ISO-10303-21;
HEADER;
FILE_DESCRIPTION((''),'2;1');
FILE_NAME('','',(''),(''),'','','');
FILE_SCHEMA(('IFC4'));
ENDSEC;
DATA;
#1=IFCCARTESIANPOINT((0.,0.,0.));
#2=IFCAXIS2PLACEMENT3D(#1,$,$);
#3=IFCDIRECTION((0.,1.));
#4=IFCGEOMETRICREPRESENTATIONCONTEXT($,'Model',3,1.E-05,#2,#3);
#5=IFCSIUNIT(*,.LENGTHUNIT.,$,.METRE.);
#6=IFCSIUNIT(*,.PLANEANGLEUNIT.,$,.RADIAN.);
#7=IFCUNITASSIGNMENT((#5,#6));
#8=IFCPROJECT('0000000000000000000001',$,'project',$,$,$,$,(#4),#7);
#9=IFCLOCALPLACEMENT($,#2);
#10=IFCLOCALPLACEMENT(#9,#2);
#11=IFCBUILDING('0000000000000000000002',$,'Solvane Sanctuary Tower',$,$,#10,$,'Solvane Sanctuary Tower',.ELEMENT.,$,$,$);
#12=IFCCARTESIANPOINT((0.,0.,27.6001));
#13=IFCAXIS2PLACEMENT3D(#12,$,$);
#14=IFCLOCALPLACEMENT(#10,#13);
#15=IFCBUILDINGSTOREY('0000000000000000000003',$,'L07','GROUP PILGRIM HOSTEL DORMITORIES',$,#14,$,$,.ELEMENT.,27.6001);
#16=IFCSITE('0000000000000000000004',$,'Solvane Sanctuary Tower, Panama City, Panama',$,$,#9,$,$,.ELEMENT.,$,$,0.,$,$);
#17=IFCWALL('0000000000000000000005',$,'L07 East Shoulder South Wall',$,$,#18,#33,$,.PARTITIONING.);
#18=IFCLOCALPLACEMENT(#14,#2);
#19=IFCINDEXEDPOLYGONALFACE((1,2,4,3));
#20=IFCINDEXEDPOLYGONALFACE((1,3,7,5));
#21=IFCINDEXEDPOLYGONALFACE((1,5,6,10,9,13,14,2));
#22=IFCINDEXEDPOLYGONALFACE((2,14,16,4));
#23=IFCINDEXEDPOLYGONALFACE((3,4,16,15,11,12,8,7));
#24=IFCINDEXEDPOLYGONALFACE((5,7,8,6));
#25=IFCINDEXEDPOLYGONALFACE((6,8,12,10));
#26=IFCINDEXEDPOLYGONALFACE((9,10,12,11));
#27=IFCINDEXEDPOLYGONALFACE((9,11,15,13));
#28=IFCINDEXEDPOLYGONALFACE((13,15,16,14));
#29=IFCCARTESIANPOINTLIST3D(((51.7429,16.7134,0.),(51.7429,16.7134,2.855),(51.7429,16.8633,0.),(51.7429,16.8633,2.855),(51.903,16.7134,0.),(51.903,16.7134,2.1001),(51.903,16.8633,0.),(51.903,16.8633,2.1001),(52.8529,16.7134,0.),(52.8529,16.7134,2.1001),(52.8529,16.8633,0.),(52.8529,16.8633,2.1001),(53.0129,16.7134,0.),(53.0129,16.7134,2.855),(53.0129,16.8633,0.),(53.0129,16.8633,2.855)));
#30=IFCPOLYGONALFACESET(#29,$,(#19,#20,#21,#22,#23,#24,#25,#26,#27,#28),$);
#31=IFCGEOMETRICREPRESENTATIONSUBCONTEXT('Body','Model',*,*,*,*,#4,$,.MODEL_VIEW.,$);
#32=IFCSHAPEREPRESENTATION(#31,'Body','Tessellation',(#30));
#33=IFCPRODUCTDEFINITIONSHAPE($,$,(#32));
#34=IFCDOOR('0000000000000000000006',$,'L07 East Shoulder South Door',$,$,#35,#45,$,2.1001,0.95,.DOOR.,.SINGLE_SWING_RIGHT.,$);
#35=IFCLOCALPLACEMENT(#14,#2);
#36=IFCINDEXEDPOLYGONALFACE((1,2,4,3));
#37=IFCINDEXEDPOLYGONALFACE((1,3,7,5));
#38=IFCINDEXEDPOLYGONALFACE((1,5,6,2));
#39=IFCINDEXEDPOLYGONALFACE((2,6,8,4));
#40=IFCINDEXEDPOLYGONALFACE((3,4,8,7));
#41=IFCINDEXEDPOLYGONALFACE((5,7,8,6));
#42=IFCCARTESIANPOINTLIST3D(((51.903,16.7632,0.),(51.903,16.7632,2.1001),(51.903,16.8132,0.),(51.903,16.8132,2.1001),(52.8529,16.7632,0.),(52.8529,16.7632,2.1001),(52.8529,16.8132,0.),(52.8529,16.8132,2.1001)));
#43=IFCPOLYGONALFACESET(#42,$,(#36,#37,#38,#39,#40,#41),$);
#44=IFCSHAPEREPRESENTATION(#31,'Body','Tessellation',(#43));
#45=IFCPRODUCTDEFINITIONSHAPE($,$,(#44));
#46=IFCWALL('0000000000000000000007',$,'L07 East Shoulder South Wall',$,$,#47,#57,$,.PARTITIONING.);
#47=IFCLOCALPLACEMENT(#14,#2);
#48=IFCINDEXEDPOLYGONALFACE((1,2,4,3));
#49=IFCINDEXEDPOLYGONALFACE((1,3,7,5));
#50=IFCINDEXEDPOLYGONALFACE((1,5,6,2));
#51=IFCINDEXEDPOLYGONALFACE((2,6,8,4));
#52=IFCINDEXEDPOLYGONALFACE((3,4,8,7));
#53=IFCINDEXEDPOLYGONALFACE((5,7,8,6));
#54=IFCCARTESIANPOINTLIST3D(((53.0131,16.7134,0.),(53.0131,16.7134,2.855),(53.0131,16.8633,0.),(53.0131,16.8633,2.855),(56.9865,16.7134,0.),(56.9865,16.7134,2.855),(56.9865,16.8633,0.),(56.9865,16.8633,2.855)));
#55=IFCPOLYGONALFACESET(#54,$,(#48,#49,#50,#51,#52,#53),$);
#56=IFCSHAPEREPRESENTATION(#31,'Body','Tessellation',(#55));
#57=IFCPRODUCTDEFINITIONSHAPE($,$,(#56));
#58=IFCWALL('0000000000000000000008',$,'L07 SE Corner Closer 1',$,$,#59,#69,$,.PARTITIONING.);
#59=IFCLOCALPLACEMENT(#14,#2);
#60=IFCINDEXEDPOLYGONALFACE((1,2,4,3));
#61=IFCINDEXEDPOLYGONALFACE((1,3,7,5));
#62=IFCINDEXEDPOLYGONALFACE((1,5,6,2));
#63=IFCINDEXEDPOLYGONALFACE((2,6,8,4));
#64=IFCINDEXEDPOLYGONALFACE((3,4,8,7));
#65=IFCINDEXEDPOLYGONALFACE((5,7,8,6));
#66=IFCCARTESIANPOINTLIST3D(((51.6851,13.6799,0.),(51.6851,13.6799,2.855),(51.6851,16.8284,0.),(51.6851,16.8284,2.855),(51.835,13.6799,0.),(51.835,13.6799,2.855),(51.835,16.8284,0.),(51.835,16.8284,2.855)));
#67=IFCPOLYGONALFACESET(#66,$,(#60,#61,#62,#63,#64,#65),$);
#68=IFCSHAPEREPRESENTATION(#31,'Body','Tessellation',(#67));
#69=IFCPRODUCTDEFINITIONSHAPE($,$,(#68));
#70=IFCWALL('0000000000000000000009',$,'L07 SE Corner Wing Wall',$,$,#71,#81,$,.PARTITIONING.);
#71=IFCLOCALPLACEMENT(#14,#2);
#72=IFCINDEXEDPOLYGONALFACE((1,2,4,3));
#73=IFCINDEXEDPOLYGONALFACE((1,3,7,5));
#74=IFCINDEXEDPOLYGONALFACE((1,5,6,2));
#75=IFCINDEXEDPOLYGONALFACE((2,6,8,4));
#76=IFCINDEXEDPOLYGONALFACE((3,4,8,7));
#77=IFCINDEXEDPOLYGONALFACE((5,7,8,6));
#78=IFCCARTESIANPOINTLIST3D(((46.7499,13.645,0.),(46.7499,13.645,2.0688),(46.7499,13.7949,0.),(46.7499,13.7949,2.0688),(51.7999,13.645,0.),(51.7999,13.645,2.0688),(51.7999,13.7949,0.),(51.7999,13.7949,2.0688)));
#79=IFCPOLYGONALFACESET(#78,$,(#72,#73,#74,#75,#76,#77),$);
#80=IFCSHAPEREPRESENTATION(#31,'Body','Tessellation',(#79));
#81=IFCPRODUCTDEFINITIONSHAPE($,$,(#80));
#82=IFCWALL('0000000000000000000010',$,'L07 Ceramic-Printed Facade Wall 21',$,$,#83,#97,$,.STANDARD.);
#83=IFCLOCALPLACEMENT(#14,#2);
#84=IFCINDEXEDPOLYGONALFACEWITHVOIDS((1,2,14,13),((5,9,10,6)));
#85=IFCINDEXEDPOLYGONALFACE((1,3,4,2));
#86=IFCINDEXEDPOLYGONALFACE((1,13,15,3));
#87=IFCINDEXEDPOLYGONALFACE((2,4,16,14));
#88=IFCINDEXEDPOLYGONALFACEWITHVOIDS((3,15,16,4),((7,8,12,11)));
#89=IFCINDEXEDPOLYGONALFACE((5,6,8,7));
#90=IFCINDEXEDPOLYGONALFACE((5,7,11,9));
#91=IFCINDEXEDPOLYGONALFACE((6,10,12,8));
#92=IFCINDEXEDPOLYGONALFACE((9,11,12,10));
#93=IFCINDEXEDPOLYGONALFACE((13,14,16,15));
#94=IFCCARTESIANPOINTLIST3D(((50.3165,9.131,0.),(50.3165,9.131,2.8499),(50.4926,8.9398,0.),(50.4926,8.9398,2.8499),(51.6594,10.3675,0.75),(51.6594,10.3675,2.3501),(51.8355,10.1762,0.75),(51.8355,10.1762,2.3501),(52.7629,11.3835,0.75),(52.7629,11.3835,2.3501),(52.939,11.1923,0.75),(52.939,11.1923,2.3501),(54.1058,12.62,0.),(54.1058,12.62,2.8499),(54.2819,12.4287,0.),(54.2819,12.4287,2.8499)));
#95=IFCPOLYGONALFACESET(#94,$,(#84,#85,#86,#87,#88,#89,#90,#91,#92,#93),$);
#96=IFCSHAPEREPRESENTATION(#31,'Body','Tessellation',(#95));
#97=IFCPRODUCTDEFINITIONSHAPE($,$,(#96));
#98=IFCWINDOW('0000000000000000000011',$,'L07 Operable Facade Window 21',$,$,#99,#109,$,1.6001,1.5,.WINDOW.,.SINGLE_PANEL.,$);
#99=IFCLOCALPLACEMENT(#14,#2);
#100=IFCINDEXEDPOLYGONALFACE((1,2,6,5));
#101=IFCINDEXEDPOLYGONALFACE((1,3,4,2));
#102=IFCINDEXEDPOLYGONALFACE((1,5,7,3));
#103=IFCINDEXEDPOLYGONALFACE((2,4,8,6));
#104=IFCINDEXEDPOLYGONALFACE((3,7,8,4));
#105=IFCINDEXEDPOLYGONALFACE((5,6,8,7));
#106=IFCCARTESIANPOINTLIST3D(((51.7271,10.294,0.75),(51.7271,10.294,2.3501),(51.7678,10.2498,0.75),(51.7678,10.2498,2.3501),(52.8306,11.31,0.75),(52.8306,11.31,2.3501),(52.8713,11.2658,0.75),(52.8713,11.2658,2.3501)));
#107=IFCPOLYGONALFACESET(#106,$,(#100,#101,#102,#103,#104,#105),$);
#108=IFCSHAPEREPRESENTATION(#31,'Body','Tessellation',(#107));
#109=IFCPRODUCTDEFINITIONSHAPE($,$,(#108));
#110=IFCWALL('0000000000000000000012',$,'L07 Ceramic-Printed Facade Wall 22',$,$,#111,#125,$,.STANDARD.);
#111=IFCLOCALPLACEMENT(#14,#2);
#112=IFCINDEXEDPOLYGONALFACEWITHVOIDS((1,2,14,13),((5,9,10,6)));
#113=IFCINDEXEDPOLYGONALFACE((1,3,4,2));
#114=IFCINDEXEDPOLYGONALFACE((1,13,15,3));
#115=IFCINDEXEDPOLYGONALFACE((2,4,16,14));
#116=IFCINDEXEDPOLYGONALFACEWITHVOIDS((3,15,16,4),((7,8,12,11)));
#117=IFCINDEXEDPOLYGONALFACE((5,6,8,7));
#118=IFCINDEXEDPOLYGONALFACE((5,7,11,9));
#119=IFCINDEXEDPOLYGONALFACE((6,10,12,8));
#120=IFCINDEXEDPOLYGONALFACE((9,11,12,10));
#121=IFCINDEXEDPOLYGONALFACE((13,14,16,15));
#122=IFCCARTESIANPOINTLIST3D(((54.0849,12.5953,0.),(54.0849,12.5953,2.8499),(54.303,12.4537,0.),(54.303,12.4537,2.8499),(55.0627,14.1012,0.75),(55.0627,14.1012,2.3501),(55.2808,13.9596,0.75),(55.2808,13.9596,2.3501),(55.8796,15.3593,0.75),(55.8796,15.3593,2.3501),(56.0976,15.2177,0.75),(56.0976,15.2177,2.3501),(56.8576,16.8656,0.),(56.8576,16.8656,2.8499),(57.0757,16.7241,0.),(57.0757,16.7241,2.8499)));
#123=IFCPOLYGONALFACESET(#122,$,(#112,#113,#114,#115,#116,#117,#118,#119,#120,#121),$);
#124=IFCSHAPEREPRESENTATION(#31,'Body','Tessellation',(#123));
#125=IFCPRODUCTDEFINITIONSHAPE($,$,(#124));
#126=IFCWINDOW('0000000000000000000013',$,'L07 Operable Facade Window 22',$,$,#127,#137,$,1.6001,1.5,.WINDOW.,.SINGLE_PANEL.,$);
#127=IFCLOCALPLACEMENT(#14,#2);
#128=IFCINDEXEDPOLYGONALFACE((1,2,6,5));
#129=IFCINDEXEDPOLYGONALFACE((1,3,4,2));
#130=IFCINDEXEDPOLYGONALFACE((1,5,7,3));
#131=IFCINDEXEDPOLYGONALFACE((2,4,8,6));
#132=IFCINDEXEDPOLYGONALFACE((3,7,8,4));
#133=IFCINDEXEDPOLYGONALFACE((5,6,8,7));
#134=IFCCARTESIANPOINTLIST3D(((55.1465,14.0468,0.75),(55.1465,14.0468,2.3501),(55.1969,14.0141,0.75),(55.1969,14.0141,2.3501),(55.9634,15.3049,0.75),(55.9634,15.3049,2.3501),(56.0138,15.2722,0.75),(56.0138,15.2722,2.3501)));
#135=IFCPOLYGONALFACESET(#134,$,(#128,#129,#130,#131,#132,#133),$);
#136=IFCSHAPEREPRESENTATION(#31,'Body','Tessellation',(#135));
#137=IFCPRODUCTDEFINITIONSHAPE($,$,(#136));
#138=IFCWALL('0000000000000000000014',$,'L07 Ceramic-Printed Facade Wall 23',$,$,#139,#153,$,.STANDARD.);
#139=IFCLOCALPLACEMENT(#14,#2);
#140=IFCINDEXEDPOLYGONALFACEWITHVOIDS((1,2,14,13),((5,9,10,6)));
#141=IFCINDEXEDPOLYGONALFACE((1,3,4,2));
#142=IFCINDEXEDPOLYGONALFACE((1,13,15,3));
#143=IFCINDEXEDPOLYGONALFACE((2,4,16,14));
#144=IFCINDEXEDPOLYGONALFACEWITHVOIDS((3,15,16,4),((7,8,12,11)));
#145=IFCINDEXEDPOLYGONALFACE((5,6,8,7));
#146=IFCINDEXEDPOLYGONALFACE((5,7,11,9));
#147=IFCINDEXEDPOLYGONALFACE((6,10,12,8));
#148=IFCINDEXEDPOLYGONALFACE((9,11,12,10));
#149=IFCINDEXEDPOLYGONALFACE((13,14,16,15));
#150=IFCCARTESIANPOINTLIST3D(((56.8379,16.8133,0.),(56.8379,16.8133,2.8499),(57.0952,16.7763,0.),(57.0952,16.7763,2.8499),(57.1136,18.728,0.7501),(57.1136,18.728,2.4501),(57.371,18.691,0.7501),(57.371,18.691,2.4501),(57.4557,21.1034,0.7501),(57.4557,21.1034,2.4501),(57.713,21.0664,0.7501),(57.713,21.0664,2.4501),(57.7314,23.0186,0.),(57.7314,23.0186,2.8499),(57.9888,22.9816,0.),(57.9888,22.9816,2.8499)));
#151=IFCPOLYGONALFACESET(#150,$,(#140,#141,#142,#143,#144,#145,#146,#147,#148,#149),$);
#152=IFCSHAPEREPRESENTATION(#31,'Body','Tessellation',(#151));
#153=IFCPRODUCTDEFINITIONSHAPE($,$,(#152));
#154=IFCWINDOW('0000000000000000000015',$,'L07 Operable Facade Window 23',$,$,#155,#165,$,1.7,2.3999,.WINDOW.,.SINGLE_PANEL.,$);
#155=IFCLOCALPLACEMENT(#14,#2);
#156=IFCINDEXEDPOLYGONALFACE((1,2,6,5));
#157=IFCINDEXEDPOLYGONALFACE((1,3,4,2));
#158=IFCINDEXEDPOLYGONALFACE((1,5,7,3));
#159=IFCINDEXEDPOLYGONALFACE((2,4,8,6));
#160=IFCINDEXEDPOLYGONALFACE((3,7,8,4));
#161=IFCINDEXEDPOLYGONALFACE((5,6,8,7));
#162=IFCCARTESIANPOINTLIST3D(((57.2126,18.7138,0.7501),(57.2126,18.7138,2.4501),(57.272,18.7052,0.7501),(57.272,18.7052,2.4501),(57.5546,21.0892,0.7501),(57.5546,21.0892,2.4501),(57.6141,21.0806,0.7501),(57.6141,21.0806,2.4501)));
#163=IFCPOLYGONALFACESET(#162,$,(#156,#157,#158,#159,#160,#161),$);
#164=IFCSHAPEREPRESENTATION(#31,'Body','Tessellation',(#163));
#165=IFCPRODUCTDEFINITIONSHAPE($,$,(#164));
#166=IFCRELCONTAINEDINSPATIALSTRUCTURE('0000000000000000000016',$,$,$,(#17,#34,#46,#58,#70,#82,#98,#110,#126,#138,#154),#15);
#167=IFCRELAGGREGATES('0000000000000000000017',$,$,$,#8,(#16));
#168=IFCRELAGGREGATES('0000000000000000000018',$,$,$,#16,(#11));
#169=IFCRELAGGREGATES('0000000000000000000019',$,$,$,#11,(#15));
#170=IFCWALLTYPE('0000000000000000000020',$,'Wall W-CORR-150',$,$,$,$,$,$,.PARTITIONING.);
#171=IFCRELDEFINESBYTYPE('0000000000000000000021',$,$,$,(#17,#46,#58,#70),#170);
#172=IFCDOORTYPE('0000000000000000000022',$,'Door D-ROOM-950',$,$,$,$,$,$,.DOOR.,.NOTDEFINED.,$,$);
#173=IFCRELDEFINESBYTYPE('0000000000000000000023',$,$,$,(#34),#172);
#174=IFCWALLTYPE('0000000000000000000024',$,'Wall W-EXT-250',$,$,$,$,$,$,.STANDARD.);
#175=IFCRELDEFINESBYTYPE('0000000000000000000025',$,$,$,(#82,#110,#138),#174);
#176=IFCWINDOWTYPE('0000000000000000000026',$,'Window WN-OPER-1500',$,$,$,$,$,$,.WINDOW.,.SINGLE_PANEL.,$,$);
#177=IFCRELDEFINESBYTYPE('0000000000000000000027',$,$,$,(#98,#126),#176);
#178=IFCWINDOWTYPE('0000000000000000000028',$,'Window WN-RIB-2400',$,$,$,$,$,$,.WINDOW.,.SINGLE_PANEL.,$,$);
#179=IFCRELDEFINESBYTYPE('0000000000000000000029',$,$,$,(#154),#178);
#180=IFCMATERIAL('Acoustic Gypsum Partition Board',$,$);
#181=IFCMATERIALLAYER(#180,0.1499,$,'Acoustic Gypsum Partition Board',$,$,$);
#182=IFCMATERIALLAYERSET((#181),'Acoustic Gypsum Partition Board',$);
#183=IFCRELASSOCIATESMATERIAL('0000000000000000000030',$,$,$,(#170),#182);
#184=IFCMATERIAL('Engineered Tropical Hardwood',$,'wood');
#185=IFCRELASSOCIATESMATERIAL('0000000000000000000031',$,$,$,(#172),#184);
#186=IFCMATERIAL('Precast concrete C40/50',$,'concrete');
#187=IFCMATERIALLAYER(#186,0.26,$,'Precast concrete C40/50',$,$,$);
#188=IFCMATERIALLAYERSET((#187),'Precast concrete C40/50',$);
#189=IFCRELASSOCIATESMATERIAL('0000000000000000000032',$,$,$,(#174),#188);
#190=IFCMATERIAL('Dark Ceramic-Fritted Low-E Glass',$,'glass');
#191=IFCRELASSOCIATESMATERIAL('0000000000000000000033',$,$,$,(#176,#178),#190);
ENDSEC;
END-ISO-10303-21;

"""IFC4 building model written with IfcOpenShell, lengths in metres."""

from ifc_helpers import new_model, si_unit, direction, frame, frame_2d, origin, place, context, subcontext, project, spatial, rectangle, extrude, material, layer, layer_set, type_object, element, fill, save


model = new_model("IFC4")

# Units and contexts
model_context = context("Model", 3, precision=1e-05, world=origin(), true_north=direction((0.0, 1.0)))
body_context = subcontext(model_context, "Body", "Model", "MODEL_VIEW")
ifc_project = project(units=[si_unit("LENGTHUNIT", "METRE"), si_unit("PLANEANGLEUNIT", "RADIAN")], contexts=[model_context])

# Site, building, storey
site_placement = place(None, origin())
site = spatial("IfcSite", under=ifc_project, at=site_placement, Name="Solvane Sanctuary Tower, Panama City, Panama", CompositionType="ELEMENT", RefElevation=0.0)
building_placement = place(site_placement, origin())
building = spatial("IfcBuilding", under=site, at=building_placement, Name="Solvane Sanctuary Tower", LongName="Solvane Sanctuary Tower", CompositionType="ELEMENT")
storey_placement = place(building_placement, frame((0.0, 0.0, 27.6001)))
storey = spatial("IfcBuildingStorey", under=building, at=storey_placement, Name="L07", Description="GROUP PILGRIM HOSTEL DORMITORIES", CompositionType="ELEMENT", Elevation=27.6001)

# Shared definitions
ifc_material_1 = material(Name="Acoustic Gypsum Partition Board")
ifc_layer_1 = layer(ifc_material_1, 0.1499, Name="Acoustic Gypsum Partition Board")
ifc_layer_set_1 = layer_set([ifc_layer_1], Name="Acoustic Gypsum Partition Board")
wall_type_1 = type_object("IfcWallType", Name="Wall W-CORR-150", PredefinedType="PARTITIONING", material=ifc_layer_set_1)

# Wall, opening, door
wall_1_placement = place(storey_placement, frame((51.7429, 16.7883, 0.0), z_axis=(0.0, 0.0, 1.0), x_axis=(1.0, 0.0, 0.0)))
wall_1 = element("IfcWall", 1, at=wall_1_placement, inside=storey, type_object=wall_type_1, Name="L07 East Shoulder South Wall", PredefinedType="PARTITIONING", context=body_context, shape_type="SweptSolid", body=[
    extrude(rectangle(XDim=1.27, YDim=0.1499, at=frame_2d((0.635, 0.0))), origin(), (0.0, 0.0, 1.0), 2.855),
])
opening_1_placement = place(wall_1_placement, frame((0.1599, 0.0, 0.0)))
opening_1 = element("IfcOpeningElement", 2, at=opening_1_placement, cuts=wall_1, PredefinedType="OPENING", context=body_context, shape_type="SweptSolid", body=[
    extrude(rectangle(XDim=0.95, YDim=2.1001, at=frame_2d((0.4751, 1.05))), frame((0.0, 0.085, 0.0), z_axis=(0.0, -1.0, 0.0), x_axis=(1.0, 0.0, 0.0)), (0.0, 0.0, 1.0), 0.1699),
])
ifc_material_2 = material(Name="Engineered Tropical Hardwood", Category="wood")
door_type = type_object("IfcDoorType", Name="Door D-ROOM-950", OperationType="NOTDEFINED", PredefinedType="DOOR", material=ifc_material_2)
door_placement = place(opening_1_placement, origin())
door = element("IfcDoor", 3, at=door_placement, inside=storey, type_object=door_type, Name="L07 East Shoulder South Door", OperationType="SINGLE_SWING_RIGHT", OverallHeight=2.1001, OverallWidth=0.95, PredefinedType="DOOR", context=body_context, shape_type="SweptSolid", body=[
    extrude(rectangle(XDim=0.95, YDim=2.1001, at=frame_2d((0.4751, 1.05))), frame((0.0, 0.0249, 0.0), z_axis=(0.0, -1.0, 0.0), x_axis=(1.0, 0.0, 0.0)), (0.0, 0.0, 1.0), 0.05),
])
fill(opening_1, door)

# Walls
wall_2_placement = place(storey_placement, frame((53.0129, 16.7883, 0.0), z_axis=(0.0, 0.0, 1.0), x_axis=(1.0, 0.0, 0.0)))
element("IfcWall", 4, at=wall_2_placement, inside=storey, type_object=wall_type_1, Name="L07 East Shoulder South Wall", PredefinedType="PARTITIONING", context=body_context, shape_type="SweptSolid", body=[
    extrude(rectangle(XDim=3.9734, YDim=0.1499, at=frame_2d((1.9868, 0.0))), origin(), (0.0, 0.0, 1.0), 2.855),
])
wall_3_placement = place(storey_placement, frame((51.76, 13.6799, 0.0), z_axis=(0.0, 0.0, 1.0), x_axis=(0.0, 1.0, 0.0)))
element("IfcWall", 5, at=wall_3_placement, inside=storey, type_object=wall_type_1, Name="L07 SE Corner Closer 1", PredefinedType="PARTITIONING", context=body_context, shape_type="SweptSolid", body=[
    extrude(rectangle(XDim=3.1484, YDim=0.1499, at=frame_2d((1.5742, 0.0))), origin(), (0.0, 0.0, 1.0), 2.855),
])
wall_4_placement = place(storey_placement, frame((46.75, 13.72, 0.0), z_axis=(0.0, 0.0, 1.0), x_axis=(1.0, 0.0, 0.0)))
element("IfcWall", 6, at=wall_4_placement, inside=storey, type_object=wall_type_1, Name="L07 SE Corner Wing Wall", PredefinedType="PARTITIONING", context=body_context, shape_type="SweptSolid", body=[
    extrude(rectangle(XDim=5.05, YDim=0.1499, at=frame_2d((2.5249, 0.0))), origin(), (0.0, 0.0, 1.0), 2.0688),
])

# Walls, openings, windows
ifc_material_3 = material(Name="Precast concrete C40/50", Category="concrete")
ifc_layer_2 = layer(ifc_material_3, 0.26, Name="Precast concrete C40/50")
ifc_layer_set_2 = layer_set([ifc_layer_2], Name="Precast concrete C40/50")
wall_type_2 = type_object("IfcWallType", Name="Wall W-EXT-250", PredefinedType="STANDARD", material=ifc_layer_set_2)
wall_5_placement = place(storey_placement, frame((50.4045, 9.0354, 0.0), z_axis=(0.0, 0.0, 1.0), x_axis=(0.735655, 0.677356, 0.0)))
wall_5 = element("IfcWall", 7, at=wall_5_placement, inside=storey, type_object=wall_type_2, Name="L07 Ceramic-Printed Facade Wall 21", PredefinedType="STANDARD", context=body_context, shape_type="SweptSolid", body=[
    extrude(rectangle(XDim=5.1509, YDim=0.26, at=frame_2d((2.5754, 0.0))), origin(), (0.0, 0.0, 1.0), 2.8499),
])
opening_2_placement = place(wall_5_placement, frame((1.8254, 0.0, 0.75)))
opening_2 = element("IfcOpeningElement", 8, at=opening_2_placement, cuts=wall_5, PredefinedType="OPENING", context=body_context, shape_type="SweptSolid", body=[
    extrude(rectangle(XDim=1.5, YDim=1.6001, at=frame_2d((0.75, 0.8))), frame((0.0, 0.1399, 0.0), z_axis=(0.0, -1.0, 0.0), x_axis=(1.0, 0.0, 0.0)), (0.0, 0.0, 1.0), 0.28),
])
ifc_material_4 = material(Name="Dark Ceramic-Fritted Low-E Glass", Category="glass")
window_type_1 = type_object("IfcWindowType", Name="Window WN-OPER-1500", PartitioningType="SINGLE_PANEL", PredefinedType="WINDOW", material=ifc_material_4)
window_1_placement = place(opening_2_placement, origin())
window_1 = element("IfcWindow", 9, at=window_1_placement, inside=storey, type_object=window_type_1, Name="L07 Operable Facade Window 21", OverallHeight=1.6001, OverallWidth=1.5, PartitioningType="SINGLE_PANEL", PredefinedType="WINDOW", context=body_context, shape_type="SweptSolid", body=[
    extrude(rectangle(XDim=1.5, YDim=1.6001, at=frame_2d((0.75, 0.8))), frame((0.0, 0.03, 0.0), z_axis=(0.0, -1.0, 0.0), x_axis=(1.0, 0.0, 0.0)), (0.0, 0.0, 1.0), 0.0601),
])
fill(opening_2, window_1)
wall_6_placement = place(storey_placement, frame((54.1938, 12.5244, 0.0), z_axis=(0.0, 0.0, 1.0), x_axis=(0.544579, 0.83871, 0.0)))
wall_6 = element("IfcWall", 10, at=wall_6_placement, inside=storey, type_object=wall_type_2, Name="L07 Ceramic-Printed Facade Wall 22", PredefinedType="STANDARD", context=body_context, shape_type="SweptSolid", body=[
    extrude(rectangle(XDim=5.0916, YDim=0.26, at=frame_2d((2.5459, 0.0))), origin(), (0.0, 0.0, 1.0), 2.8499),
])
opening_3_placement = place(wall_6_placement, frame((1.7957, 0.0, 0.75)))
opening_3 = element("IfcOpeningElement", 11, at=opening_3_placement, cuts=wall_6, PredefinedType="OPENING", context=body_context, shape_type="SweptSolid", body=[
    extrude(rectangle(XDim=1.5, YDim=1.6001, at=frame_2d((0.75, 0.8))), frame((0.0, 0.1399, 0.0), z_axis=(0.0, -1.0, 0.0), x_axis=(1.0, 0.0, 0.0)), (0.0, 0.0, 1.0), 0.28),
])
window_2_placement = place(opening_3_placement, origin())
window_2 = element("IfcWindow", 12, at=window_2_placement, inside=storey, type_object=window_type_1, Name="L07 Operable Facade Window 22", OverallHeight=1.6001, OverallWidth=1.5, PartitioningType="SINGLE_PANEL", PredefinedType="WINDOW", context=body_context, shape_type="SweptSolid", body=[
    extrude(rectangle(XDim=1.5, YDim=1.6001, at=frame_2d((0.75, 0.8))), frame((0.0, 0.03, 0.0), z_axis=(0.0, -1.0, 0.0), x_axis=(1.0, 0.0, 0.0)), (0.0, 0.0, 1.0), 0.0601),
])
fill(opening_3, window_2)
wall_7_placement = place(storey_placement, frame((56.9666, 16.7947, 0.0), z_axis=(0.0, 0.0, 1.0), x_axis=(0.142528, 0.989791, 0.0)))
wall_7 = element("IfcWall", 13, at=wall_7_placement, inside=storey, type_object=wall_type_2, Name="L07 Ceramic-Printed Facade Wall 23", PredefinedType="STANDARD", context=body_context, shape_type="SweptSolid", body=[
    extrude(rectangle(XDim=6.2693, YDim=0.26, at=frame_2d((3.1348, 0.0))), origin(), (0.0, 0.0, 1.0), 2.8499),
])
opening_4_placement = place(wall_7_placement, frame((1.9346, 0.0, 0.75)))
opening_4 = element("IfcOpeningElement", 14, at=opening_4_placement, cuts=wall_7, PredefinedType="OPENING", context=body_context, shape_type="SweptSolid", body=[
    extrude(rectangle(XDim=2.3999, YDim=1.7, at=frame_2d((1.2, 0.8501))), frame((0.0, 0.1399, 0.0), z_axis=(0.0, -1.0, 0.0), x_axis=(1.0, 0.0, 0.0)), (0.0, 0.0, 1.0), 0.28),
])
window_type_2 = type_object("IfcWindowType", Name="Window WN-RIB-2400", PartitioningType="SINGLE_PANEL", PredefinedType="WINDOW", material=ifc_material_4)
window_3_placement = place(opening_4_placement, origin())
window_3 = element("IfcWindow", 15, at=window_3_placement, inside=storey, type_object=window_type_2, Name="L07 Operable Facade Window 23", OverallHeight=1.7, OverallWidth=2.3999, PartitioningType="SINGLE_PANEL", PredefinedType="WINDOW", context=body_context, shape_type="SweptSolid", body=[
    extrude(rectangle(XDim=2.3999, YDim=1.7, at=frame_2d((1.2, 0.8501))), frame((0.0, 0.03, 0.0), z_axis=(0.0, -1.0, 0.0), x_axis=(1.0, 0.0, 0.0)), (0.0, 0.0, 1.0), 0.0601),
])
fill(opening_4, window_3)

save(model, "model.ifc")
